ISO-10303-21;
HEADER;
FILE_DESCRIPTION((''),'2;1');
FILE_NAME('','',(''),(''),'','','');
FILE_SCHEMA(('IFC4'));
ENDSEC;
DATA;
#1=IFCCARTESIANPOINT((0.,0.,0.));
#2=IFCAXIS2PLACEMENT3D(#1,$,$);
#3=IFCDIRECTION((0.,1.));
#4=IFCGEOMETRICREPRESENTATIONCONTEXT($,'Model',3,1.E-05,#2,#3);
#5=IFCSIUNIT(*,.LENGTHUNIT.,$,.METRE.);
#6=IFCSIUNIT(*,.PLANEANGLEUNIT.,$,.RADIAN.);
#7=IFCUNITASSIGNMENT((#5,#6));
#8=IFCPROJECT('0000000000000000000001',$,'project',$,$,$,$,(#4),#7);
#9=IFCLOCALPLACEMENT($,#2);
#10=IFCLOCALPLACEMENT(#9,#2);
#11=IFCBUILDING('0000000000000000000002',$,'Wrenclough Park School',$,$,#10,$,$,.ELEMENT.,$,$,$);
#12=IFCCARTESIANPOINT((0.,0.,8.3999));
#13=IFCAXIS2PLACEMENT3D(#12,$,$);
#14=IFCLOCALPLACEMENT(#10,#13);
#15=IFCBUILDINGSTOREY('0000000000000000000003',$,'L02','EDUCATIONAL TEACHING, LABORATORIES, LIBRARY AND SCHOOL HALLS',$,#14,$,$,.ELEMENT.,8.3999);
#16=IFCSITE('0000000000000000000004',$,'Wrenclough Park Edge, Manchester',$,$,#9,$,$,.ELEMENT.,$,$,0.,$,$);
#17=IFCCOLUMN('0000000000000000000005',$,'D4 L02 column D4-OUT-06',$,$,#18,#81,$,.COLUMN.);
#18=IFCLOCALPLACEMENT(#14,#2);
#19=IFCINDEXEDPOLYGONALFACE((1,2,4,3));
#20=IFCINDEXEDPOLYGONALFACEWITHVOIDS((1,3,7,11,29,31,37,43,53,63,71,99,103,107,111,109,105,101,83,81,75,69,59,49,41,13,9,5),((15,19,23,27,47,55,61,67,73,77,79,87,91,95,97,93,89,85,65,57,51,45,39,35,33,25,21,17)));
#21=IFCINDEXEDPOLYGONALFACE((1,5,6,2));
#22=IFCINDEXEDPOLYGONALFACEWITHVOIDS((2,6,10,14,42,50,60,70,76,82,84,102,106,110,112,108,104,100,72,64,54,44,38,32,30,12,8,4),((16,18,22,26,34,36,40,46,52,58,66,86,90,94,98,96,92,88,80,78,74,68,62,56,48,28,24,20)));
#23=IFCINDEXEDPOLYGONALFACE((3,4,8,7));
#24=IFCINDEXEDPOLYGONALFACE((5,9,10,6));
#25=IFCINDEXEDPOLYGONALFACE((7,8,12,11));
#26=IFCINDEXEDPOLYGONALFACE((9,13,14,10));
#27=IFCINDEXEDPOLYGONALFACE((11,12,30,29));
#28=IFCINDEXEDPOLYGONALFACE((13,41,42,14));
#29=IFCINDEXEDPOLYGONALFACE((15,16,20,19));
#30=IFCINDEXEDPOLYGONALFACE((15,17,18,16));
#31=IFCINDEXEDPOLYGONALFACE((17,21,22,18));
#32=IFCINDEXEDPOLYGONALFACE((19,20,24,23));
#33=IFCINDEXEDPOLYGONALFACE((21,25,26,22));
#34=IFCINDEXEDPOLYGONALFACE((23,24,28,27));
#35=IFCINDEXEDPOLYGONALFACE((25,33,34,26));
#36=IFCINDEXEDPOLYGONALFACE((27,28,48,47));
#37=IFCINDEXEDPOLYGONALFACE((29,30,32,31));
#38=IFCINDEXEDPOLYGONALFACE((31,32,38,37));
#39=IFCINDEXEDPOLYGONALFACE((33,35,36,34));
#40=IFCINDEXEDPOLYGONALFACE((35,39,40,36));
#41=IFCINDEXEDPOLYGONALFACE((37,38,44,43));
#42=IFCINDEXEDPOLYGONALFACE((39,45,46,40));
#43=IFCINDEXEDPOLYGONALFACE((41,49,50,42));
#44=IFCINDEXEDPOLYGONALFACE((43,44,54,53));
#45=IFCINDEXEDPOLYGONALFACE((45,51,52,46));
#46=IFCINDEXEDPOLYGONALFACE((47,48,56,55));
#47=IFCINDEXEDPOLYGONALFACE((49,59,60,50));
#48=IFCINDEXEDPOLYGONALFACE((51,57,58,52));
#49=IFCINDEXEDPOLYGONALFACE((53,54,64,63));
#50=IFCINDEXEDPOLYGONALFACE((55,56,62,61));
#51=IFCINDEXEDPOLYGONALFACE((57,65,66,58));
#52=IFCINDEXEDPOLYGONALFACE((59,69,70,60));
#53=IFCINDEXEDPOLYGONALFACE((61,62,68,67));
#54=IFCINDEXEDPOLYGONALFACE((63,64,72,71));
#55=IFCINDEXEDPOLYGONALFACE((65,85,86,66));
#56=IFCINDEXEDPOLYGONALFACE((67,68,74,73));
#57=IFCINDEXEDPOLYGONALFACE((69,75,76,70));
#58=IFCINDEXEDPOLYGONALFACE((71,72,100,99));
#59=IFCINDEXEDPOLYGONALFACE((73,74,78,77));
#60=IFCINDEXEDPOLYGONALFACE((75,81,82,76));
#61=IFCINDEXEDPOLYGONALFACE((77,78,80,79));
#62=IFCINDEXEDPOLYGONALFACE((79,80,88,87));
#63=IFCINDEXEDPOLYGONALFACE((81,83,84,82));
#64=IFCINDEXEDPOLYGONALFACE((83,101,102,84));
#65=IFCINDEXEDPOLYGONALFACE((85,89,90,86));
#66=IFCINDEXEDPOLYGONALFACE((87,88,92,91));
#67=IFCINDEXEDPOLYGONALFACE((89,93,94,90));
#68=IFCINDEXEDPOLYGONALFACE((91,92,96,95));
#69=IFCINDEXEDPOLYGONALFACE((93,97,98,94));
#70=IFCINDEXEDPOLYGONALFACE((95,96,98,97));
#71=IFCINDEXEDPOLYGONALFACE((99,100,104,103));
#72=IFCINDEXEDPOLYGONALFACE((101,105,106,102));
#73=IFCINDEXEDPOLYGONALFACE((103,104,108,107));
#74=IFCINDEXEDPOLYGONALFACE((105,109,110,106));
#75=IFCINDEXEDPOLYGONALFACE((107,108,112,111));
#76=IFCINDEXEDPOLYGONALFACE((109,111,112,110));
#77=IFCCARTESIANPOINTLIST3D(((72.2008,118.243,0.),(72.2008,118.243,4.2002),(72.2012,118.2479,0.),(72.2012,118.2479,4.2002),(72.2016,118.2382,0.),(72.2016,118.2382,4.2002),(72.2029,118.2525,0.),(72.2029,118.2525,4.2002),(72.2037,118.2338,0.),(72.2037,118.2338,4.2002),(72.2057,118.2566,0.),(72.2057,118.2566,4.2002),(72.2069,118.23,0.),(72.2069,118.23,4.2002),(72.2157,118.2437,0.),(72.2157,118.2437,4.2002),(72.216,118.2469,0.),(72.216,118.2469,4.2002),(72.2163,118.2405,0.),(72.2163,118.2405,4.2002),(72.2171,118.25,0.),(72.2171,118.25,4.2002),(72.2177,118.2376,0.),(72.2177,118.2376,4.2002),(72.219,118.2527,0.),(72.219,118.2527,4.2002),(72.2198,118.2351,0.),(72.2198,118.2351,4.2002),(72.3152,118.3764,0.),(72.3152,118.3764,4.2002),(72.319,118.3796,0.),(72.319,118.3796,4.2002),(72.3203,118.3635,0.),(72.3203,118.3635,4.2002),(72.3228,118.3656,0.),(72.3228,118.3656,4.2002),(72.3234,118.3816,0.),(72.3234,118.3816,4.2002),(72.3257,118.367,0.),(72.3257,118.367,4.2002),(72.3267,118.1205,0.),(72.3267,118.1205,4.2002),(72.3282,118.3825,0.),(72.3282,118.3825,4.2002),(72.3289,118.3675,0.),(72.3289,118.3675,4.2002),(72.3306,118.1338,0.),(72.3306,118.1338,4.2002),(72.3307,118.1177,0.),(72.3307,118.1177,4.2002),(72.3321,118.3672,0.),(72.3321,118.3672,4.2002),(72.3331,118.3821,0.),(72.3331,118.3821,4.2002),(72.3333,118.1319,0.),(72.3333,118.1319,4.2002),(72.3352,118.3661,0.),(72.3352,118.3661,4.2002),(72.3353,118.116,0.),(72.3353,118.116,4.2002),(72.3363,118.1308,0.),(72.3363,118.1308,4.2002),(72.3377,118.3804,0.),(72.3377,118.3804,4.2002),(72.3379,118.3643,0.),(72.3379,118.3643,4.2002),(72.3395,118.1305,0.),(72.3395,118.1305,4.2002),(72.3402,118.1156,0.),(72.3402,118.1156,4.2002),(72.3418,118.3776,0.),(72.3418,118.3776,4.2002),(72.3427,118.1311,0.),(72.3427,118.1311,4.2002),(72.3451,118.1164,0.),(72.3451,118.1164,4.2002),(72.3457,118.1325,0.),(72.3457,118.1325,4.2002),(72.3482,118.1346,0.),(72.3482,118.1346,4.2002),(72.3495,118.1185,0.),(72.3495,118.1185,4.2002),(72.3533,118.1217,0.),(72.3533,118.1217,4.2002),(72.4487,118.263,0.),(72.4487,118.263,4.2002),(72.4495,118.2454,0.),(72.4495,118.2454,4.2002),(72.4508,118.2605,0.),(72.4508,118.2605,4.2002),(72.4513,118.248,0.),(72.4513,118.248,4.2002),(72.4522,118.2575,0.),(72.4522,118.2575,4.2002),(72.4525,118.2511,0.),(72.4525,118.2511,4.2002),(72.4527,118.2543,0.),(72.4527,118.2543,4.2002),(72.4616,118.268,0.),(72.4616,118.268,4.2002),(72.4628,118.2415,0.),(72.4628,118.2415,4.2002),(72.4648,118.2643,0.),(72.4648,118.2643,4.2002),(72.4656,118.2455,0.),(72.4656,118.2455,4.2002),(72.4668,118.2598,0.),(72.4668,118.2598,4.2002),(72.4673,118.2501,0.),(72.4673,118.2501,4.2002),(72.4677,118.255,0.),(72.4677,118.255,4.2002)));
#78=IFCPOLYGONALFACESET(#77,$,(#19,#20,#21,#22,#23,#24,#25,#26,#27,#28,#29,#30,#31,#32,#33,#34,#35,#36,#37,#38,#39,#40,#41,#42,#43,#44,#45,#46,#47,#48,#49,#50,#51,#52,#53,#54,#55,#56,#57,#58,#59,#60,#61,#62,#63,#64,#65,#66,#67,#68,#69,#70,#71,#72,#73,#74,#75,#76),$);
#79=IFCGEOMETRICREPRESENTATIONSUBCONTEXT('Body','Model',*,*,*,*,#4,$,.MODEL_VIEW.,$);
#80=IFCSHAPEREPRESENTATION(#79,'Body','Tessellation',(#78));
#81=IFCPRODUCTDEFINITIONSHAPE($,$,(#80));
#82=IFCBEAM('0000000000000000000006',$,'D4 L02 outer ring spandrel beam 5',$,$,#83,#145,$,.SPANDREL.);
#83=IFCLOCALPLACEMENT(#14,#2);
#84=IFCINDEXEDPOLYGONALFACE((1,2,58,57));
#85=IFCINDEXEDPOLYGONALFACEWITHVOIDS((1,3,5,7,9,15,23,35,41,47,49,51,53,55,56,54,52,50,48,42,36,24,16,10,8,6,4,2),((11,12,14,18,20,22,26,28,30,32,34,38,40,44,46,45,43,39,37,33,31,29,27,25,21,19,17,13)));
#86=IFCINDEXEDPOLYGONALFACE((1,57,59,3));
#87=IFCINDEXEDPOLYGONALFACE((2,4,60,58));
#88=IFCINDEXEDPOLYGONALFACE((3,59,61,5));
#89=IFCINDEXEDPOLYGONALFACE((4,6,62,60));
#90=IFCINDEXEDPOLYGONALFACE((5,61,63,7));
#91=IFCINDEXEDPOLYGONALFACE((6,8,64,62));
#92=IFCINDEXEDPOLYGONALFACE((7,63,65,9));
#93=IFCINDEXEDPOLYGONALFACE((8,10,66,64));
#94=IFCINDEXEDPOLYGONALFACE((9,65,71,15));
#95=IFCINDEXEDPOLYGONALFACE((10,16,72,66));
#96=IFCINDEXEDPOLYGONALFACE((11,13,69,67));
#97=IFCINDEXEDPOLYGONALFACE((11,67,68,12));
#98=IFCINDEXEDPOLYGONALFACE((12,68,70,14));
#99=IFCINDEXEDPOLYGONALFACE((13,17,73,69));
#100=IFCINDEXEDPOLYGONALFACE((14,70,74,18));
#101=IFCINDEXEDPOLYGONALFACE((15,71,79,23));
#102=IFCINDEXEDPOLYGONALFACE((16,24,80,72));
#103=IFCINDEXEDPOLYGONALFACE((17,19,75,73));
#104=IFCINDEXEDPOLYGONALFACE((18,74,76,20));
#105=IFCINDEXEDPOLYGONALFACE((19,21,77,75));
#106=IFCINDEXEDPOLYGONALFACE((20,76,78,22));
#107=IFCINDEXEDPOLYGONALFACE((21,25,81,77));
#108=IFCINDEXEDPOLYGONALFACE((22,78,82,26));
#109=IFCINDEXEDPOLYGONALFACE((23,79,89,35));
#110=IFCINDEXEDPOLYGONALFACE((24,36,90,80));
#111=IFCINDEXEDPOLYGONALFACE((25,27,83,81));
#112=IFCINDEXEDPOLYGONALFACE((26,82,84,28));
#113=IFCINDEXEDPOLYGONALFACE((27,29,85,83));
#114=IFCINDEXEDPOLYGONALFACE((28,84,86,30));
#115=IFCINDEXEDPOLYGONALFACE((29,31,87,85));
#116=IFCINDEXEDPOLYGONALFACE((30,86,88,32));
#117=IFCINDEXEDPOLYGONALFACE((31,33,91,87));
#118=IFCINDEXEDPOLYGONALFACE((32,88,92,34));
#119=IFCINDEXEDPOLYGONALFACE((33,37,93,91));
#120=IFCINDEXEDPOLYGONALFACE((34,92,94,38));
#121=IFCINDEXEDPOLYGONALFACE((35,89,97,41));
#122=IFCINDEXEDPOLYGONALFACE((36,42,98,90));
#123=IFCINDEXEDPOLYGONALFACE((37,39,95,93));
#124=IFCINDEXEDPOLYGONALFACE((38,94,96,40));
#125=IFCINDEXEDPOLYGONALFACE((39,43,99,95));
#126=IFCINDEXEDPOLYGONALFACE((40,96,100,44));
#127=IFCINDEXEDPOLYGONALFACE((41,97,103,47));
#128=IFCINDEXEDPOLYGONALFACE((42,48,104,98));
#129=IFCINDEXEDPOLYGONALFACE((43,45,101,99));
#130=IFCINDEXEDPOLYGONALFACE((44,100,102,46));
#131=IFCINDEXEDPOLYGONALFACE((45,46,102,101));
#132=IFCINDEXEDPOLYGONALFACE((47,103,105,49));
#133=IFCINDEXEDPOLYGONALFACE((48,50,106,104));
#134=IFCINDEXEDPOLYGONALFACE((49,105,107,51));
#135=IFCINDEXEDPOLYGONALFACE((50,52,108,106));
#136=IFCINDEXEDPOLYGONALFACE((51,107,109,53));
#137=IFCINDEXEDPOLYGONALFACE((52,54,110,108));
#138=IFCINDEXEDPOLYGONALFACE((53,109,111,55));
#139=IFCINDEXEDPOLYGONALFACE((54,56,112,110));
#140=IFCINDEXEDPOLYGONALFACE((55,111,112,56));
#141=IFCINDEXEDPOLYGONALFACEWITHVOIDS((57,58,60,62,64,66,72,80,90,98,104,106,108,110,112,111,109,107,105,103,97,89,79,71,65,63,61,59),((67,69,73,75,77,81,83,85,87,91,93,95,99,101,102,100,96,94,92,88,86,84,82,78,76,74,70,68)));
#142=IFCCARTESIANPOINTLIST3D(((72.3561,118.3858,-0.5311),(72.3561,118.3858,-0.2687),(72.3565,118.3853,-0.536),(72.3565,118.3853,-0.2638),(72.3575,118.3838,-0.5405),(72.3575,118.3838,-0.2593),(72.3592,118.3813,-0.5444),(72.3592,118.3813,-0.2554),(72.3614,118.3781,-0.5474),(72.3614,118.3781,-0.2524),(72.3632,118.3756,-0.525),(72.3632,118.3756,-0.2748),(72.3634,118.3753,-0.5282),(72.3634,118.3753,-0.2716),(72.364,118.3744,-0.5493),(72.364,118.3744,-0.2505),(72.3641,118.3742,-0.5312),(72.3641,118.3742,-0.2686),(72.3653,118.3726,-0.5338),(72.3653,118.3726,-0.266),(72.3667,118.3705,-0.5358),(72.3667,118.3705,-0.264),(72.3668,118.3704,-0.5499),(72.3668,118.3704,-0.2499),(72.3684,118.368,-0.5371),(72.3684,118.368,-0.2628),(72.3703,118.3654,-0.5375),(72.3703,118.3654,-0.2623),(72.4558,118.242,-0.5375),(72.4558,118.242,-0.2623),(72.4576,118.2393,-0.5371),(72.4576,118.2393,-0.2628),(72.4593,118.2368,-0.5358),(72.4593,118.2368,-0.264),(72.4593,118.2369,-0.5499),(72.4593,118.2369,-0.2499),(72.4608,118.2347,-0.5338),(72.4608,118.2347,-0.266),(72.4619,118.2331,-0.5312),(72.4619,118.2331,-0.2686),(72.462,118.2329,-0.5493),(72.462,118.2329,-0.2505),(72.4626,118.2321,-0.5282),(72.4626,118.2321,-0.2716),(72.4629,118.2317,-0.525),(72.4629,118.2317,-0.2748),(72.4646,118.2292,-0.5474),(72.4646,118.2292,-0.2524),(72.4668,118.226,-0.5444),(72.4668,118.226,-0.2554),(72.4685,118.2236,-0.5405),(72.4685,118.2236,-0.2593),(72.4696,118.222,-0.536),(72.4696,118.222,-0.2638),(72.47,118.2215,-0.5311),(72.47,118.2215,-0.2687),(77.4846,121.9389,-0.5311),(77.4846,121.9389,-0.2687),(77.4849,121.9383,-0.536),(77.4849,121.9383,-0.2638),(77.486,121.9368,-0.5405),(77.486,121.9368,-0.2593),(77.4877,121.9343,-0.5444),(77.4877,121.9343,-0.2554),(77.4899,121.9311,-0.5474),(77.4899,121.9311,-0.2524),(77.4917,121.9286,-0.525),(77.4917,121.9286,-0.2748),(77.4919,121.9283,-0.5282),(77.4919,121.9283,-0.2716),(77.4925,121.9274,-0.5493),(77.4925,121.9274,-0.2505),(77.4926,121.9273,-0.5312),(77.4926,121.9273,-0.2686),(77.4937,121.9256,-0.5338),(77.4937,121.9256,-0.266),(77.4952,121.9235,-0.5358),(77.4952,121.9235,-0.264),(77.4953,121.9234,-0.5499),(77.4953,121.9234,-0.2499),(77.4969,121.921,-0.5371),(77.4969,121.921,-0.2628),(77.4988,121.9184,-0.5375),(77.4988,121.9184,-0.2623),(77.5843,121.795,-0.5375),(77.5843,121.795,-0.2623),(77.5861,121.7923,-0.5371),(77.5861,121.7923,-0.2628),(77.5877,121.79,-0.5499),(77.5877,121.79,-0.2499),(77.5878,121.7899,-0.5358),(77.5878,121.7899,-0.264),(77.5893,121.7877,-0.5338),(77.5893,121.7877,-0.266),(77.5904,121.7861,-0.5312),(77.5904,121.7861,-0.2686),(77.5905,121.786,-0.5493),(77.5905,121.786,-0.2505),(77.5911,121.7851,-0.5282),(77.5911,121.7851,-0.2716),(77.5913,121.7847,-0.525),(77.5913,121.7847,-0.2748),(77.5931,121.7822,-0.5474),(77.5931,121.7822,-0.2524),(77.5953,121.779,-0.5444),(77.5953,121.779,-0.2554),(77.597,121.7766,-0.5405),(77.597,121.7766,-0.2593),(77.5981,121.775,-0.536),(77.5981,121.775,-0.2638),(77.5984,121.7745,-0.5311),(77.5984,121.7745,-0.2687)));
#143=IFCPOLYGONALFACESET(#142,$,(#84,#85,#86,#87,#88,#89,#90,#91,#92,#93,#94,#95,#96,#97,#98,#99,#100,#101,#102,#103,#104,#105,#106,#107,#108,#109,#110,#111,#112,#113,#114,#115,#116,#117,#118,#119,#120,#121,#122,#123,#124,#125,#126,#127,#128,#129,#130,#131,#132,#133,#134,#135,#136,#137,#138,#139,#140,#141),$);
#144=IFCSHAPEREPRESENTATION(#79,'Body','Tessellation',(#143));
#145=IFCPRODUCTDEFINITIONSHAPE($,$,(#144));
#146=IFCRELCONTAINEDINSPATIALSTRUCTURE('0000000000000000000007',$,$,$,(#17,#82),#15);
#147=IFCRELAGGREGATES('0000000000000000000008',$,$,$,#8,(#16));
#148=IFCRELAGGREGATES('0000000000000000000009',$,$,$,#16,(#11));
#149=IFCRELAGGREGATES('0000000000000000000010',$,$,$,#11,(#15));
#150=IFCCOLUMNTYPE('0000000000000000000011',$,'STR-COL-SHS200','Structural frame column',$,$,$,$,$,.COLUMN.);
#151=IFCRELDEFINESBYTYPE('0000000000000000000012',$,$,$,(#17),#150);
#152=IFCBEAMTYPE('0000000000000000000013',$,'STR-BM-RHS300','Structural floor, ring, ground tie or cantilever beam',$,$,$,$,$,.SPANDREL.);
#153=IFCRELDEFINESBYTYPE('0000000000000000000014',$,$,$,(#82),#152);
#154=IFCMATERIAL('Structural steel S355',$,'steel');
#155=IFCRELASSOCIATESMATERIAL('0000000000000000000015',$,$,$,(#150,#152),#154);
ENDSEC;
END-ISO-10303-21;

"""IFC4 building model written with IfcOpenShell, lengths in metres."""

from ifc_helpers import new_model, si_unit, direction, frame, origin, origin_2d, place, context, subcontext, project, spatial, hollow_rectangle, extrude, material, material_profile, profile_set, type_object, element, save


model = new_model("IFC4")

# Units and contexts
model_context = context("Model", 3, precision=1e-05, world=origin(), true_north=direction((0.0, 1.0)))
body_context = subcontext(model_context, "Body", "Model", "MODEL_VIEW")
ifc_project = project(units=[si_unit("LENGTHUNIT", "METRE"), si_unit("PLANEANGLEUNIT", "RADIAN")], contexts=[model_context])

# Site, building, storey
site_placement = place(None, origin())
site = spatial("IfcSite", under=ifc_project, at=site_placement, Name="Wrenclough Park Edge, Manchester", CompositionType="ELEMENT", RefElevation=0.0)
building_placement = place(site_placement, origin())
building = spatial("IfcBuilding", under=site, at=building_placement, Name="Wrenclough Park School", CompositionType="ELEMENT")
storey_placement = place(building_placement, frame((0.0, 0.0, 8.3999)))
storey = spatial("IfcBuildingStorey", under=building, at=storey_placement, Name="L02", Description="EDUCATIONAL TEACHING, LABORATORIES, LIBRARY AND SCHOOL HALLS", CompositionType="ELEMENT", Elevation=8.3999)

# Column
ifc_material_1 = material(Name="Structural steel S355", Category="steel")
ifc_material_profile_1 = material_profile(ifc_material_1, hollow_rectangle(XDim=0.2, YDim=0.2, WallThickness=0.0125, InnerFilletRadius=0.0125, OuterFilletRadius=0.0188, at=origin_2d()), Name="SHS 200x200x12.5")
ifc_profile_set_1 = profile_set([ifc_material_profile_1], Name="Structural steel S355")
column_type = type_object("IfcColumnType", Name="STR-COL-SHS200", Description="Structural frame column", PredefinedType="COLUMN", material=ifc_profile_set_1)
column_placement = place(storey_placement, frame((72.3342, 118.249, 0.0), z_axis=(0.0, 0.0, 1.0), x_axis=(-0.674689, -0.738102, 0.0)))
element("IfcColumn", 1, at=column_placement, inside=storey, type_object=column_type, Name="D4 L02 column D4-OUT-06", PredefinedType="COLUMN", context=body_context, shape_type="SweptSolid", body=[
    extrude(hollow_rectangle(XDim=0.2, YDim=0.2, WallThickness=0.0125, InnerFilletRadius=0.0125, OuterFilletRadius=0.0188, at=origin_2d()), origin(), (0.0, 0.0, 1.0), 4.2002),
])

# Beam
ifc_material_profile_2 = material_profile(ifc_material_1, hollow_rectangle(XDim=0.2, YDim=0.3, WallThickness=0.0125, InnerFilletRadius=0.0125, OuterFilletRadius=0.0188, at=origin_2d()), Name="RHS 300x200x12.5")
ifc_profile_set_2 = profile_set([ifc_material_profile_2], Name="Structural steel S355")
beam_type = type_object("IfcBeamType", Name="STR-BM-RHS300", Description="Structural floor, ring, ground tie or cantilever beam", PredefinedType="SPANDREL", material=ifc_profile_set_2)
beam_1_placement = place(storey_placement, frame((77.5415, 121.8567, -0.3999), z_axis=(-0.822002, -0.569485, 0.0), x_axis=(0.569485, -0.822002, 0.0)))
element("IfcBeam", 2, at=beam_1_placement, inside=storey, type_object=beam_type, Name="D4 L02 outer ring spandrel beam 5", PredefinedType="SPANDREL", context=body_context, shape_type="SweptSolid", body=[
    extrude(hollow_rectangle(XDim=0.2, YDim=0.3, WallThickness=0.0125, InnerFilletRadius=0.0125, OuterFilletRadius=0.0188, at=origin_2d()), origin(), (0.0, 0.0, 1.0), 6.239),
])

save(model, "model.ifc")
